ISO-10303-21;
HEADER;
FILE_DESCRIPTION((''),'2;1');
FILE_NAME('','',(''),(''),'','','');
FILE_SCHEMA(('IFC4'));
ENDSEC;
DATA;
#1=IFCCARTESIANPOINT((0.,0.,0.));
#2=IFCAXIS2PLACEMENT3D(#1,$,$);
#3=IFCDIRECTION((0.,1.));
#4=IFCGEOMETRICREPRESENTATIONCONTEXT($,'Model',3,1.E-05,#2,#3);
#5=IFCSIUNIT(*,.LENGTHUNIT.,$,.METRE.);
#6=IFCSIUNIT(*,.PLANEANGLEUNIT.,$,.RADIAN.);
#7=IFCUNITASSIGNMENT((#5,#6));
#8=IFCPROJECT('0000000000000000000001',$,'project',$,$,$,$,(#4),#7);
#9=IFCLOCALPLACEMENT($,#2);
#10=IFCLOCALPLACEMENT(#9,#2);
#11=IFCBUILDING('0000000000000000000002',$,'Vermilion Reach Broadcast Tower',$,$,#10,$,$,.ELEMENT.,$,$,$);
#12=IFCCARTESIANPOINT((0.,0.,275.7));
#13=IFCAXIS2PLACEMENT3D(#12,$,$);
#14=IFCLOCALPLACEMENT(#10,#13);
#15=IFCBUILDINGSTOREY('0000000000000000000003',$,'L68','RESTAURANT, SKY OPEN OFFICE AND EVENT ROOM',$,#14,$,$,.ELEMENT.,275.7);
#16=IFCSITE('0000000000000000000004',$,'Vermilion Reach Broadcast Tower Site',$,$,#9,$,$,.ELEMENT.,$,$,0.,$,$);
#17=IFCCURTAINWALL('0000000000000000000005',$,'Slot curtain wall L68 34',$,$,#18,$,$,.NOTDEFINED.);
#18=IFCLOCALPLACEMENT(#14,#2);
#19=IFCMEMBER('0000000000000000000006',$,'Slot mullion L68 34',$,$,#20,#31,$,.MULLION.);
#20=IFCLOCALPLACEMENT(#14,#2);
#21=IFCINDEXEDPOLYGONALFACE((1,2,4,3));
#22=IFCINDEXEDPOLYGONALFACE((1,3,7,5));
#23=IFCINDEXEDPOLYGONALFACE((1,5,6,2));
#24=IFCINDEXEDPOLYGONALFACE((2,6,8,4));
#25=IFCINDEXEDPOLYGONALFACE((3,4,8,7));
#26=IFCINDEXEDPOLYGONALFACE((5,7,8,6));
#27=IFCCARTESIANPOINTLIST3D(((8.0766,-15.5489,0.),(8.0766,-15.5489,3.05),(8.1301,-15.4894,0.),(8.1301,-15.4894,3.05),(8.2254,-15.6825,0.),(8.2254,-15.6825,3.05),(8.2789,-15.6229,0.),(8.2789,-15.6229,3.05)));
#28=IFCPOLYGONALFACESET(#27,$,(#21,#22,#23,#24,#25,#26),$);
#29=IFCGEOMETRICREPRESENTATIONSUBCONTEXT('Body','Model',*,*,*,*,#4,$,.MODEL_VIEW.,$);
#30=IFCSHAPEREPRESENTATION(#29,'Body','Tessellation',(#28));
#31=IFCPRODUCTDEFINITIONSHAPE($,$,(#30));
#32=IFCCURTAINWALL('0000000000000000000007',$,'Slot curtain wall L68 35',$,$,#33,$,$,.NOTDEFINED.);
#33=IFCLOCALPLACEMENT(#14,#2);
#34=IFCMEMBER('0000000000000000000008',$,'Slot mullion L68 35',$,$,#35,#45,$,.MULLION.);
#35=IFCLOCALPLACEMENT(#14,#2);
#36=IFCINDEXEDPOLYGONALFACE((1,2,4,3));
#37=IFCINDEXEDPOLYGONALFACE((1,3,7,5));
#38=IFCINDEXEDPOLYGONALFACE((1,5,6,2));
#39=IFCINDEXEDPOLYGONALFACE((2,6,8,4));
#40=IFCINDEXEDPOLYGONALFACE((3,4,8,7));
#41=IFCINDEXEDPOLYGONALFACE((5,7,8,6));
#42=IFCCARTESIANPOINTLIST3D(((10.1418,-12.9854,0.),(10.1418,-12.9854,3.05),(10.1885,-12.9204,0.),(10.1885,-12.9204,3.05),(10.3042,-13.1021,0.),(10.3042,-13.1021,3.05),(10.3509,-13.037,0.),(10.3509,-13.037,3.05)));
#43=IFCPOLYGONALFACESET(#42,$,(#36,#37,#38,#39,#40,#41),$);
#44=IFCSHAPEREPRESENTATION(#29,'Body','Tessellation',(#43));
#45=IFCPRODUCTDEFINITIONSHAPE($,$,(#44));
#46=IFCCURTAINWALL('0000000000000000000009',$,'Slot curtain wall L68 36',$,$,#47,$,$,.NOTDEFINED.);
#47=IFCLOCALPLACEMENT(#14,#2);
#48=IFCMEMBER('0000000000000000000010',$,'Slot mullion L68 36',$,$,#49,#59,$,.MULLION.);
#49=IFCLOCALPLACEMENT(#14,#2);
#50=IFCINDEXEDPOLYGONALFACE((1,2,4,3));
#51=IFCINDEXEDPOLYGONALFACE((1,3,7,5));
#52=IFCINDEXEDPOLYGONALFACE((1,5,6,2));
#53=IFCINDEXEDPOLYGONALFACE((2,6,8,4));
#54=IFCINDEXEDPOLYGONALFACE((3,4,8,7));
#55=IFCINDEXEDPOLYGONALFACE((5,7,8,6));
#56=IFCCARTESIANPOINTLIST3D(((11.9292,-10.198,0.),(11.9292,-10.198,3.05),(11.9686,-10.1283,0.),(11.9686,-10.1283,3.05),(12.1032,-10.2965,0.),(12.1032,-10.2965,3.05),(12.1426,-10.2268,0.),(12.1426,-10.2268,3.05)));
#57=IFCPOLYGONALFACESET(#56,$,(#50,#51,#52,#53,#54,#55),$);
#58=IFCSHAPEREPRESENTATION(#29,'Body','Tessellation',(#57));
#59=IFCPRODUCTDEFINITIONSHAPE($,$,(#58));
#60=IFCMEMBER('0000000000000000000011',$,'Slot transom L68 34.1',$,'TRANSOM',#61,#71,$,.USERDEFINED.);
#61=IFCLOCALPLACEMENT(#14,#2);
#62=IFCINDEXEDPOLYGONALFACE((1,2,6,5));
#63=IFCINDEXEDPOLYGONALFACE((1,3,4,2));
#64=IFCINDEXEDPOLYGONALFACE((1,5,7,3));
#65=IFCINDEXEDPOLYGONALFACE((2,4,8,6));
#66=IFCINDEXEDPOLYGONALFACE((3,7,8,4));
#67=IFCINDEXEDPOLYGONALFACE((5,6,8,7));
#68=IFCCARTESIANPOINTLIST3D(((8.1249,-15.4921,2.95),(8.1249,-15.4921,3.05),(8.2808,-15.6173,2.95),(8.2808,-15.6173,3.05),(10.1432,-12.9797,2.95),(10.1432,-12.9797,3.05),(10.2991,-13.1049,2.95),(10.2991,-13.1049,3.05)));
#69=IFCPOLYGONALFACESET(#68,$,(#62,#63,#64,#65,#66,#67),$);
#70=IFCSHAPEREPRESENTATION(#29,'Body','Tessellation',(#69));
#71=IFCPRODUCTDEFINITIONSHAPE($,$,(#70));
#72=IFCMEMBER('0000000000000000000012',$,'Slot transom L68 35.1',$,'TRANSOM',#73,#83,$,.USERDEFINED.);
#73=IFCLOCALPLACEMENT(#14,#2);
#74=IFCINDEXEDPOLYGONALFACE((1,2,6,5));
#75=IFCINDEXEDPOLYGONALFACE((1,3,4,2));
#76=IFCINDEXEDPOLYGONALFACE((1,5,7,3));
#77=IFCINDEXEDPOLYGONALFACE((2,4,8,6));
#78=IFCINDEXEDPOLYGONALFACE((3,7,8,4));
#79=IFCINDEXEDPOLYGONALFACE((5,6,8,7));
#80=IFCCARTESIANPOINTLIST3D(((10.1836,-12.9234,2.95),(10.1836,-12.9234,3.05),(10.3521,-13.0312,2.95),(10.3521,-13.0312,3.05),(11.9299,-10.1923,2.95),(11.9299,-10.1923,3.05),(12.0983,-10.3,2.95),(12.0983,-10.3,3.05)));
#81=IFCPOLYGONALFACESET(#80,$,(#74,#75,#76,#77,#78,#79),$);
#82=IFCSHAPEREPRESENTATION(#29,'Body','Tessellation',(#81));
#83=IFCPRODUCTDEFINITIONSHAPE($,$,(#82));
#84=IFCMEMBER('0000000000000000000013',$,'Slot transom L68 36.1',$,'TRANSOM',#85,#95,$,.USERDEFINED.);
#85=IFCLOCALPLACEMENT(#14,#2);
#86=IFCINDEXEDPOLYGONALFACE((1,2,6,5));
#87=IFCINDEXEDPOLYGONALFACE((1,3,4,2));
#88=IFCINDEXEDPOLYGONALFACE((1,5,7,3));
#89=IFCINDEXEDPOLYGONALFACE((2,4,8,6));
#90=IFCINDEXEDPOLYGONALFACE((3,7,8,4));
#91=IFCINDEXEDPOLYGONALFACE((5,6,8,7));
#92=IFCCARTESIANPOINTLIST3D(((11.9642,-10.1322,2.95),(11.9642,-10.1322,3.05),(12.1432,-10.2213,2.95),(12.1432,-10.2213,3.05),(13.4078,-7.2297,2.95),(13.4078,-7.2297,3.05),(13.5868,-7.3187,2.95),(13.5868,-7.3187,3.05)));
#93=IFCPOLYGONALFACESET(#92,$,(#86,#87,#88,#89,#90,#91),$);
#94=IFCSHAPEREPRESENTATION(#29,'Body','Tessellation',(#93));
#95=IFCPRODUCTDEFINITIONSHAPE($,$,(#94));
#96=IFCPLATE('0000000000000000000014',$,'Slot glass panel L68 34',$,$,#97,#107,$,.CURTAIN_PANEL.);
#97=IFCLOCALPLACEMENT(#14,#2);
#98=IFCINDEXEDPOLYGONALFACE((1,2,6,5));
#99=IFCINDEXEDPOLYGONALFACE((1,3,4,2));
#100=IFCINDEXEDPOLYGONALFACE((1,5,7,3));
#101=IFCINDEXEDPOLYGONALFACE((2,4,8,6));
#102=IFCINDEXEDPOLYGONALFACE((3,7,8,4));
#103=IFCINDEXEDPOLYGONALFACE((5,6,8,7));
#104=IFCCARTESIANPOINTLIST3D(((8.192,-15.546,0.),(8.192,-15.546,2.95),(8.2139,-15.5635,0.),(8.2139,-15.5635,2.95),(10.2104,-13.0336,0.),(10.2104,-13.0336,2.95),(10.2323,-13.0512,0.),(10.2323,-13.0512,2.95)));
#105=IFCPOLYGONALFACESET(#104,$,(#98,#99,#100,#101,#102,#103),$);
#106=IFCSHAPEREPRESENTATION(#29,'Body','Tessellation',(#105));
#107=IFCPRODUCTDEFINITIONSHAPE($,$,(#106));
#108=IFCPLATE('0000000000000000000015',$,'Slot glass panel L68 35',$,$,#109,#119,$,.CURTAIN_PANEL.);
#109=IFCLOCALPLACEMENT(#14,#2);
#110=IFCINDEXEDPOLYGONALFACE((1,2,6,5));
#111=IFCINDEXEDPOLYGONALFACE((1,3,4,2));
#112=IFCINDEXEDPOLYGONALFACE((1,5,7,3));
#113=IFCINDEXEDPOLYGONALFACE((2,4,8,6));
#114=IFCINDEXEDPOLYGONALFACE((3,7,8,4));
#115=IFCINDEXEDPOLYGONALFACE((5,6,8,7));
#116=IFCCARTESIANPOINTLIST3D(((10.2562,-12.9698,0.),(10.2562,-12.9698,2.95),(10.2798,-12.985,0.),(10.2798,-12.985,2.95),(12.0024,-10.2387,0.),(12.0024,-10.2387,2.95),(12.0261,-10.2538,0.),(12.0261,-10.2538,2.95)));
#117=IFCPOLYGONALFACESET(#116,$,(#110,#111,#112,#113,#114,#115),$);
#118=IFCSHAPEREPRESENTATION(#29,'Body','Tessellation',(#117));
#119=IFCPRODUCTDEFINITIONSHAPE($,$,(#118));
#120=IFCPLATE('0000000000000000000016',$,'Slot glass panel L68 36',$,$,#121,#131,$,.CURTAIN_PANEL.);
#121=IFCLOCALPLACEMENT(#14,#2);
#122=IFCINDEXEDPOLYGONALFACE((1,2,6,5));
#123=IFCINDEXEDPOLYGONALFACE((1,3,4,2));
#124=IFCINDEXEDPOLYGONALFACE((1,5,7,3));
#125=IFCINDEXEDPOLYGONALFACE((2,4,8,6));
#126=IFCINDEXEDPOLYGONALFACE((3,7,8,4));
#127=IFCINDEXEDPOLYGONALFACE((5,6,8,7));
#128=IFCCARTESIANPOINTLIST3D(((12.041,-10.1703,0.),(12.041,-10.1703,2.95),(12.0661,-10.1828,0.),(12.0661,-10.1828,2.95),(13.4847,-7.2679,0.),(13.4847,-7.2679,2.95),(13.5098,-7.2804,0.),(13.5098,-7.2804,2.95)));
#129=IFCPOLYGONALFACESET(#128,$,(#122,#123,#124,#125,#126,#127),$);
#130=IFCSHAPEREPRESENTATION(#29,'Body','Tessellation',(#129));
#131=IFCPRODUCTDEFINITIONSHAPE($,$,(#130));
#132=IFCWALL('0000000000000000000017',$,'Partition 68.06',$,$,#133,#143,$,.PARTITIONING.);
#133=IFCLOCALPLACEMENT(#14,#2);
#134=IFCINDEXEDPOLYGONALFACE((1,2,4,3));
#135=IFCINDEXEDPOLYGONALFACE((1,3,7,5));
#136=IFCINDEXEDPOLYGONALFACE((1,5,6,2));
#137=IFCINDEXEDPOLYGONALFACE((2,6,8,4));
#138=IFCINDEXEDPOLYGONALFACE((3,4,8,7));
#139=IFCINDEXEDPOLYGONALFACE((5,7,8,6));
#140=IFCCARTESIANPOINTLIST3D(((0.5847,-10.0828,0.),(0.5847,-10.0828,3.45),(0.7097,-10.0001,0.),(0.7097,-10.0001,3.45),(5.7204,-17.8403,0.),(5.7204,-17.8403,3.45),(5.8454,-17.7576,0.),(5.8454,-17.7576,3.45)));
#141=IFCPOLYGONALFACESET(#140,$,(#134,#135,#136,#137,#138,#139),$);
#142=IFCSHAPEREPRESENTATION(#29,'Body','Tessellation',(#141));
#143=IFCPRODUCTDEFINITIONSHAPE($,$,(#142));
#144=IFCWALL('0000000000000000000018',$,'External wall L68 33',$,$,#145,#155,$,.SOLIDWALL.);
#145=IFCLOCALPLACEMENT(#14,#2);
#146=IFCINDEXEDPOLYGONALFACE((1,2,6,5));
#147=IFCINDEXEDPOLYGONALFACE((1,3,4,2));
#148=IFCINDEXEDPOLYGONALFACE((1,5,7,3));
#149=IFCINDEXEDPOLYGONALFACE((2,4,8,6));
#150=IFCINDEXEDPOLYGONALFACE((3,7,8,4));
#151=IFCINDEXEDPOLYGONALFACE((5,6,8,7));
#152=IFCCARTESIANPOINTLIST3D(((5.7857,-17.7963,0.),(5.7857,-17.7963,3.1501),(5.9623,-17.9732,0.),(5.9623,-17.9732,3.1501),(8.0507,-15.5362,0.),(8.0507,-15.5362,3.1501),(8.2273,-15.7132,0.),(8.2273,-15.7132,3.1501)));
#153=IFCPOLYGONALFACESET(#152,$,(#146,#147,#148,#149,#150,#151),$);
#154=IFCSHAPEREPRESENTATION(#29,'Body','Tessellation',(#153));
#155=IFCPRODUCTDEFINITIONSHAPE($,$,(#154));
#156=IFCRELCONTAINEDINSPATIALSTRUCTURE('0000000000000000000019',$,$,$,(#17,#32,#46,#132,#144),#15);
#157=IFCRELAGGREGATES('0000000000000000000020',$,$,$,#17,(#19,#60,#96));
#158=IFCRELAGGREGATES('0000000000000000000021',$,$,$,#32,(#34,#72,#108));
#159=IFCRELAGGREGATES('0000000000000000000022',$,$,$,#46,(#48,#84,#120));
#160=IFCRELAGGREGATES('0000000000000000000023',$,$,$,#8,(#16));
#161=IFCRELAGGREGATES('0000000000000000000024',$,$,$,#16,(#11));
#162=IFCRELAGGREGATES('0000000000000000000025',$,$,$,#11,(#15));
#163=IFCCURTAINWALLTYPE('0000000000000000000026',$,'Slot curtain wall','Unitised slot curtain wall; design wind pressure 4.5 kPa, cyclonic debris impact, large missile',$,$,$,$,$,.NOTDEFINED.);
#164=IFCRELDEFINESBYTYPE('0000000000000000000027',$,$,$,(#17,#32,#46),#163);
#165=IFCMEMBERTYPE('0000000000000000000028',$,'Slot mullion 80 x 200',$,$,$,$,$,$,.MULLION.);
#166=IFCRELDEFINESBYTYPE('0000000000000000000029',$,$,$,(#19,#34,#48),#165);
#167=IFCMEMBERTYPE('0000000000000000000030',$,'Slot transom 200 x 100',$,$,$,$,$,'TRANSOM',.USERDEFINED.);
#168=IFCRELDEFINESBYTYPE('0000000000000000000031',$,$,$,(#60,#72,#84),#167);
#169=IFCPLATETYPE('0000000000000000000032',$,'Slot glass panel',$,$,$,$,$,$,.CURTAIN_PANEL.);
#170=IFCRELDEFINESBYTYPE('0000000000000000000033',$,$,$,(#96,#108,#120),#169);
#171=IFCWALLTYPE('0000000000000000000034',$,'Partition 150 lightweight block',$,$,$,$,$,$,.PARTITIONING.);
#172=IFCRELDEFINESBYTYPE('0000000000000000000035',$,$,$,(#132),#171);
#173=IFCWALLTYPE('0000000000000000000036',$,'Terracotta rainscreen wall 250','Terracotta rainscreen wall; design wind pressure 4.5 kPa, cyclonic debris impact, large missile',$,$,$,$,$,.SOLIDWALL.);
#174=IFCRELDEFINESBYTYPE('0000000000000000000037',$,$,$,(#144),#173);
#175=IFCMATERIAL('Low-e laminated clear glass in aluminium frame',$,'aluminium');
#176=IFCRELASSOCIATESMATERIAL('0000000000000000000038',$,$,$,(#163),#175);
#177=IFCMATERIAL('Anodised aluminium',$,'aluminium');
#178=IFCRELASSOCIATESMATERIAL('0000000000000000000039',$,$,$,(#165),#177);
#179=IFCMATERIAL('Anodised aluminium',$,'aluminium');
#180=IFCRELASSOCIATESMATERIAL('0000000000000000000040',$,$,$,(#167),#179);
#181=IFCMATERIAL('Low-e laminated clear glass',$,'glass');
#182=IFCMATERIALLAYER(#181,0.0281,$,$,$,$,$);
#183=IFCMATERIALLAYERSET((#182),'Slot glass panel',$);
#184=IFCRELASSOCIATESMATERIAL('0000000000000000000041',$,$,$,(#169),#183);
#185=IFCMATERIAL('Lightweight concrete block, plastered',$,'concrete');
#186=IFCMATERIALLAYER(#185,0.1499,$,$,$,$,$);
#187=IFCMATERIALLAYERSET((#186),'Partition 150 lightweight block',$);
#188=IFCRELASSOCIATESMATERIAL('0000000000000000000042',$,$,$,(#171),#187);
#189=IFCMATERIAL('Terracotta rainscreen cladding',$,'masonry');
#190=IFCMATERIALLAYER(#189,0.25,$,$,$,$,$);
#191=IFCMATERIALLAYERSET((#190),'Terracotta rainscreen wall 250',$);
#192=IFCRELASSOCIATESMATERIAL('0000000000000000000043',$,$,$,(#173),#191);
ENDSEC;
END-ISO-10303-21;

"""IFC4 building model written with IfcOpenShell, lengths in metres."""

from ifc_helpers import new_model, si_unit, direction, frame, frame_2d, origin, origin_2d, place, context, subcontext, project, spatial, rectangle, extrude, material, layer, layer_set, material_profile, profile_set, type_object, element, aggregate, save


model = new_model("IFC4")

# Units and contexts
model_context = context("Model", 3, precision=1e-05, world=origin(), true_north=direction((0.0, 1.0)))
body_context = subcontext(model_context, "Body", "Model", "MODEL_VIEW")
ifc_project = project(units=[si_unit("LENGTHUNIT", "METRE"), si_unit("PLANEANGLEUNIT", "RADIAN")], contexts=[model_context])

# Site, building, storey
site_placement = place(None, origin())
site = spatial("IfcSite", under=ifc_project, at=site_placement, Name="Vermilion Reach Broadcast Tower Site", CompositionType="ELEMENT", RefElevation=0.0)
building_placement = place(site_placement, origin())
building = spatial("IfcBuilding", under=site, at=building_placement, Name="Vermilion Reach Broadcast Tower", CompositionType="ELEMENT")
storey_placement = place(building_placement, frame((0.0, 0.0, 275.7)))
storey = spatial("IfcBuildingStorey", under=building, at=storey_placement, Name="L68", Description="RESTAURANT, SKY OPEN OFFICE AND EVENT ROOM", CompositionType="ELEMENT", Elevation=275.7)

# Curtain walls, members
ifc_material_1 = material(Name="Low-e laminated clear glass in aluminium frame", Category="aluminium")
curtain_wall_type = type_object("IfcCurtainWallType", Name="Slot curtain wall", Description="Unitised slot curtain wall; design wind pressure 4.5 kPa, cyclonic debris impact, large missile", PredefinedType="NOTDEFINED", material=ifc_material_1)
placement = place(storey_placement, origin())
curtain_wall_1 = element("IfcCurtainWall", 1, at=placement, inside=storey, type_object=curtain_wall_type, Name="Slot curtain wall L68 34", PredefinedType="NOTDEFINED")
ifc_material_2 = material(Name="Anodised aluminium", Category="aluminium")
ifc_material_profile_1 = material_profile(ifc_material_2, rectangle(XDim=0.2, YDim=0.0801, at=origin_2d()), Name="Slot mullion 80 x 200")
ifc_profile_set_1 = profile_set([ifc_material_profile_1], Name="Anodised aluminium")
member_type_1 = type_object("IfcMemberType", Name="Slot mullion 80 x 200", PredefinedType="MULLION", material=ifc_profile_set_1)
member_1_placement = place(storey_placement, frame((8.1777, -15.5859, 0.0), z_axis=(0.0, 0.0, 1.0), x_axis=(-0.744067, 0.668105, 0.0)))
member_1 = element("IfcMember", 2, at=member_1_placement, type_object=member_type_1, Name="Slot mullion L68 34", PredefinedType="MULLION", context=body_context, shape_type="SweptSolid", body=[
    extrude(rectangle(XDim=0.2, YDim=0.0801, at=origin_2d()), origin(), (0.0, 0.0, 1.0), 3.05),
])
curtain_wall_2 = element("IfcCurtainWall", 3, at=placement, inside=storey, type_object=curtain_wall_type, Name="Slot curtain wall L68 35", PredefinedType="NOTDEFINED")
member_2_placement = place(storey_placement, frame((10.2463, -13.0112, 0.0), z_axis=(0.0, 0.0, 1.0), x_axis=(-0.812227, 0.583342, 0.0)))
member_2 = element("IfcMember", 4, at=member_2_placement, type_object=member_type_1, Name="Slot mullion L68 35", PredefinedType="MULLION", context=body_context, shape_type="SweptSolid", body=[
    extrude(rectangle(XDim=0.2, YDim=0.0801, at=origin_2d()), origin(), (0.0, 0.0, 1.0), 3.05),
])
curtain_wall_3 = element("IfcCurtainWall", 5, at=placement, inside=storey, type_object=curtain_wall_type, Name="Slot curtain wall L68 36", PredefinedType="NOTDEFINED")
member_3_placement = place(storey_placement, frame((12.0359, -10.2124, 0.0), z_axis=(0.0, 0.0, 1.0), x_axis=(-0.870184, 0.492727, 0.0)))
member_3 = element("IfcMember", 6, at=member_3_placement, type_object=member_type_1, Name="Slot mullion L68 36", PredefinedType="MULLION", context=body_context, shape_type="SweptSolid", body=[
    extrude(rectangle(XDim=0.2, YDim=0.0801, at=origin_2d()), origin(), (0.0, 0.0, 1.0), 3.05),
])

# Members
ifc_material_3 = material(Name="Anodised aluminium", Category="aluminium")
ifc_material_profile_2 = material_profile(ifc_material_3, rectangle(XDim=0.2, YDim=0.1001, at=origin_2d()), Name="Slot transom 200 x 100")
ifc_profile_set_2 = profile_set([ifc_material_profile_2], Name="Anodised aluminium")
member_type_2 = type_object("IfcMemberType", Name="Slot transom 200 x 100", ElementType="TRANSOM", PredefinedType="USERDEFINED", material=ifc_profile_set_2)
member_4_placement = place(storey_placement, frame((8.2029, -15.5547, 3.0), z_axis=(0.626274, 0.779603, 0.0), x_axis=(-0.779603, 0.626274, 0.0)))
member_4 = element("IfcMember", 7, at=member_4_placement, type_object=member_type_2, Name="Slot transom L68 34.1", ObjectType="TRANSOM", PredefinedType="USERDEFINED", context=body_context, shape_type="SweptSolid", body=[
    extrude(rectangle(XDim=0.2, YDim=0.1001, at=origin_2d()), origin(), (0.0, 0.0, 1.0), 3.2227),
])
member_5_placement = place(storey_placement, frame((10.2678, -12.9773, 3.0), z_axis=(0.538697, 0.8425, 0.0), x_axis=(-0.8425, 0.538697, 0.0)))
member_5 = element("IfcMember", 8, at=member_5_placement, type_object=member_type_2, Name="Slot transom L68 35.1", ObjectType="TRANSOM", PredefinedType="USERDEFINED", context=body_context, shape_type="SweptSolid", body=[
    extrude(rectangle(XDim=0.2, YDim=0.1001, at=origin_2d()), origin(), (0.0, 0.0, 1.0), 3.2417),
])
member_6_placement = place(storey_placement, frame((12.0537, -10.1768, 3.0), z_axis=(0.445315, 0.895374, 0.0), x_axis=(-0.895374, 0.445315, 0.0)))
member_6 = element("IfcMember", 9, at=member_6_placement, type_object=member_type_2, Name="Slot transom L68 36.1", ObjectType="TRANSOM", PredefinedType="USERDEFINED", context=body_context, shape_type="SweptSolid", body=[
    extrude(rectangle(XDim=0.2, YDim=0.1001, at=origin_2d()), origin(), (0.0, 0.0, 1.0), 3.2417),
])

# Plates
ifc_material_4 = material(Name="Low-e laminated clear glass", Category="glass")
ifc_layer_1 = layer(ifc_material_4, 0.0281)
ifc_layer_set_1 = layer_set([ifc_layer_1], Name="Slot glass panel")
plate_type = type_object("IfcPlateType", Name="Slot glass panel", PredefinedType="CURTAIN_PANEL", material=ifc_layer_set_1)
plate_1_placement = place(storey_placement, frame((9.2122, -14.2986, 0.0), z_axis=(0.0, 0.0, 1.0), x_axis=(0.626298, 0.779584, 0.0)))
plate_1 = element("IfcPlate", 10, at=plate_1_placement, type_object=plate_type, Name="Slot glass panel L68 34", PredefinedType="CURTAIN_PANEL", context=body_context, shape_type="SweptSolid", body=[
    extrude(rectangle(XDim=3.2227, YDim=0.0281, at=origin_2d()), origin(), (0.0, 0.0, 1.0), 2.95),
])
aggregate(curtain_wall_1, [member_1, member_4, plate_1])
plate_2_placement = place(storey_placement, frame((11.1411, -11.6118, 0.0), z_axis=(0.0, 0.0, 1.0), x_axis=(0.538687, 0.842506, 0.0)))
plate_2 = element("IfcPlate", 11, at=plate_2_placement, type_object=plate_type, Name="Slot glass panel L68 35", PredefinedType="CURTAIN_PANEL", context=body_context, shape_type="SweptSolid", body=[
    extrude(rectangle(XDim=3.2417, YDim=0.0281, at=origin_2d()), origin(), (0.0, 0.0, 1.0), 2.95),
])
aggregate(curtain_wall_2, [member_2, member_5, plate_2])
plate_3_placement = place(storey_placement, frame((12.7754, -8.7253, 0.0), z_axis=(0.0, 0.0, 1.0), x_axis=(0.445349, 0.895357, 0.0)))
plate_3 = element("IfcPlate", 12, at=plate_3_placement, type_object=plate_type, Name="Slot glass panel L68 36", PredefinedType="CURTAIN_PANEL", context=body_context, shape_type="SweptSolid", body=[
    extrude(rectangle(XDim=3.2417, YDim=0.0281, at=origin_2d()), origin(), (0.0, 0.0, 1.0), 2.95),
])
aggregate(curtain_wall_3, [member_3, member_6, plate_3])

# Walls
ifc_material_5 = material(Name="Lightweight concrete block, plastered", Category="concrete")
ifc_layer_2 = layer(ifc_material_5, 0.1499)
ifc_layer_set_2 = layer_set([ifc_layer_2], Name="Partition 150 lightweight block")
wall_type_1 = type_object("IfcWallType", Name="Partition 150 lightweight block", PredefinedType="PARTITIONING", material=ifc_layer_set_2)
wall_1_placement = place(storey_placement, frame((5.783, -17.7991, 0.0), z_axis=(0.0, 0.0, 1.0), x_axis=(-0.552021, 0.83383, 0.0)))
element("IfcWall", 13, at=wall_1_placement, inside=storey, type_object=wall_type_1, Name="Partition 68.06", PredefinedType="PARTITIONING", context=body_context, shape_type="SweptSolid", body=[
    extrude(rectangle(XDim=9.3035, YDim=0.1499, at=frame_2d((4.6519, 0.0))), origin(), (0.0, 0.0, 1.0), 3.45),
])
ifc_material_6 = material(Name="Terracotta rainscreen cladding", Category="masonry")
ifc_layer_3 = layer(ifc_material_6, 0.25)
ifc_layer_set_3 = layer_set([ifc_layer_3], Name="Terracotta rainscreen wall 250")
wall_type_2 = type_object("IfcWallType", Name="Terracotta rainscreen wall 250", Description="Terracotta rainscreen wall; design wind pressure 4.5 kPa, cyclonic debris impact, large missile", PredefinedType="SOLIDWALL", material=ifc_layer_set_3)
wall_2_placement = place(storey_placement, frame((5.874, -17.8848, 0.0), z_axis=(0.0, 0.0, 1.0), x_axis=(0.707869, 0.706343, 0.0)))
element("IfcWall", 14, at=wall_2_placement, inside=storey, type_object=wall_type_2, Name="External wall L68 33", PredefinedType="SOLIDWALL", context=body_context, shape_type="SweptSolid", body=[
    extrude(rectangle(XDim=3.1997, YDim=0.25, at=frame_2d((1.5999, 0.0))), origin(), (0.0, 0.0, 1.0), 3.1501),
])

save(model, "model.ifc")
